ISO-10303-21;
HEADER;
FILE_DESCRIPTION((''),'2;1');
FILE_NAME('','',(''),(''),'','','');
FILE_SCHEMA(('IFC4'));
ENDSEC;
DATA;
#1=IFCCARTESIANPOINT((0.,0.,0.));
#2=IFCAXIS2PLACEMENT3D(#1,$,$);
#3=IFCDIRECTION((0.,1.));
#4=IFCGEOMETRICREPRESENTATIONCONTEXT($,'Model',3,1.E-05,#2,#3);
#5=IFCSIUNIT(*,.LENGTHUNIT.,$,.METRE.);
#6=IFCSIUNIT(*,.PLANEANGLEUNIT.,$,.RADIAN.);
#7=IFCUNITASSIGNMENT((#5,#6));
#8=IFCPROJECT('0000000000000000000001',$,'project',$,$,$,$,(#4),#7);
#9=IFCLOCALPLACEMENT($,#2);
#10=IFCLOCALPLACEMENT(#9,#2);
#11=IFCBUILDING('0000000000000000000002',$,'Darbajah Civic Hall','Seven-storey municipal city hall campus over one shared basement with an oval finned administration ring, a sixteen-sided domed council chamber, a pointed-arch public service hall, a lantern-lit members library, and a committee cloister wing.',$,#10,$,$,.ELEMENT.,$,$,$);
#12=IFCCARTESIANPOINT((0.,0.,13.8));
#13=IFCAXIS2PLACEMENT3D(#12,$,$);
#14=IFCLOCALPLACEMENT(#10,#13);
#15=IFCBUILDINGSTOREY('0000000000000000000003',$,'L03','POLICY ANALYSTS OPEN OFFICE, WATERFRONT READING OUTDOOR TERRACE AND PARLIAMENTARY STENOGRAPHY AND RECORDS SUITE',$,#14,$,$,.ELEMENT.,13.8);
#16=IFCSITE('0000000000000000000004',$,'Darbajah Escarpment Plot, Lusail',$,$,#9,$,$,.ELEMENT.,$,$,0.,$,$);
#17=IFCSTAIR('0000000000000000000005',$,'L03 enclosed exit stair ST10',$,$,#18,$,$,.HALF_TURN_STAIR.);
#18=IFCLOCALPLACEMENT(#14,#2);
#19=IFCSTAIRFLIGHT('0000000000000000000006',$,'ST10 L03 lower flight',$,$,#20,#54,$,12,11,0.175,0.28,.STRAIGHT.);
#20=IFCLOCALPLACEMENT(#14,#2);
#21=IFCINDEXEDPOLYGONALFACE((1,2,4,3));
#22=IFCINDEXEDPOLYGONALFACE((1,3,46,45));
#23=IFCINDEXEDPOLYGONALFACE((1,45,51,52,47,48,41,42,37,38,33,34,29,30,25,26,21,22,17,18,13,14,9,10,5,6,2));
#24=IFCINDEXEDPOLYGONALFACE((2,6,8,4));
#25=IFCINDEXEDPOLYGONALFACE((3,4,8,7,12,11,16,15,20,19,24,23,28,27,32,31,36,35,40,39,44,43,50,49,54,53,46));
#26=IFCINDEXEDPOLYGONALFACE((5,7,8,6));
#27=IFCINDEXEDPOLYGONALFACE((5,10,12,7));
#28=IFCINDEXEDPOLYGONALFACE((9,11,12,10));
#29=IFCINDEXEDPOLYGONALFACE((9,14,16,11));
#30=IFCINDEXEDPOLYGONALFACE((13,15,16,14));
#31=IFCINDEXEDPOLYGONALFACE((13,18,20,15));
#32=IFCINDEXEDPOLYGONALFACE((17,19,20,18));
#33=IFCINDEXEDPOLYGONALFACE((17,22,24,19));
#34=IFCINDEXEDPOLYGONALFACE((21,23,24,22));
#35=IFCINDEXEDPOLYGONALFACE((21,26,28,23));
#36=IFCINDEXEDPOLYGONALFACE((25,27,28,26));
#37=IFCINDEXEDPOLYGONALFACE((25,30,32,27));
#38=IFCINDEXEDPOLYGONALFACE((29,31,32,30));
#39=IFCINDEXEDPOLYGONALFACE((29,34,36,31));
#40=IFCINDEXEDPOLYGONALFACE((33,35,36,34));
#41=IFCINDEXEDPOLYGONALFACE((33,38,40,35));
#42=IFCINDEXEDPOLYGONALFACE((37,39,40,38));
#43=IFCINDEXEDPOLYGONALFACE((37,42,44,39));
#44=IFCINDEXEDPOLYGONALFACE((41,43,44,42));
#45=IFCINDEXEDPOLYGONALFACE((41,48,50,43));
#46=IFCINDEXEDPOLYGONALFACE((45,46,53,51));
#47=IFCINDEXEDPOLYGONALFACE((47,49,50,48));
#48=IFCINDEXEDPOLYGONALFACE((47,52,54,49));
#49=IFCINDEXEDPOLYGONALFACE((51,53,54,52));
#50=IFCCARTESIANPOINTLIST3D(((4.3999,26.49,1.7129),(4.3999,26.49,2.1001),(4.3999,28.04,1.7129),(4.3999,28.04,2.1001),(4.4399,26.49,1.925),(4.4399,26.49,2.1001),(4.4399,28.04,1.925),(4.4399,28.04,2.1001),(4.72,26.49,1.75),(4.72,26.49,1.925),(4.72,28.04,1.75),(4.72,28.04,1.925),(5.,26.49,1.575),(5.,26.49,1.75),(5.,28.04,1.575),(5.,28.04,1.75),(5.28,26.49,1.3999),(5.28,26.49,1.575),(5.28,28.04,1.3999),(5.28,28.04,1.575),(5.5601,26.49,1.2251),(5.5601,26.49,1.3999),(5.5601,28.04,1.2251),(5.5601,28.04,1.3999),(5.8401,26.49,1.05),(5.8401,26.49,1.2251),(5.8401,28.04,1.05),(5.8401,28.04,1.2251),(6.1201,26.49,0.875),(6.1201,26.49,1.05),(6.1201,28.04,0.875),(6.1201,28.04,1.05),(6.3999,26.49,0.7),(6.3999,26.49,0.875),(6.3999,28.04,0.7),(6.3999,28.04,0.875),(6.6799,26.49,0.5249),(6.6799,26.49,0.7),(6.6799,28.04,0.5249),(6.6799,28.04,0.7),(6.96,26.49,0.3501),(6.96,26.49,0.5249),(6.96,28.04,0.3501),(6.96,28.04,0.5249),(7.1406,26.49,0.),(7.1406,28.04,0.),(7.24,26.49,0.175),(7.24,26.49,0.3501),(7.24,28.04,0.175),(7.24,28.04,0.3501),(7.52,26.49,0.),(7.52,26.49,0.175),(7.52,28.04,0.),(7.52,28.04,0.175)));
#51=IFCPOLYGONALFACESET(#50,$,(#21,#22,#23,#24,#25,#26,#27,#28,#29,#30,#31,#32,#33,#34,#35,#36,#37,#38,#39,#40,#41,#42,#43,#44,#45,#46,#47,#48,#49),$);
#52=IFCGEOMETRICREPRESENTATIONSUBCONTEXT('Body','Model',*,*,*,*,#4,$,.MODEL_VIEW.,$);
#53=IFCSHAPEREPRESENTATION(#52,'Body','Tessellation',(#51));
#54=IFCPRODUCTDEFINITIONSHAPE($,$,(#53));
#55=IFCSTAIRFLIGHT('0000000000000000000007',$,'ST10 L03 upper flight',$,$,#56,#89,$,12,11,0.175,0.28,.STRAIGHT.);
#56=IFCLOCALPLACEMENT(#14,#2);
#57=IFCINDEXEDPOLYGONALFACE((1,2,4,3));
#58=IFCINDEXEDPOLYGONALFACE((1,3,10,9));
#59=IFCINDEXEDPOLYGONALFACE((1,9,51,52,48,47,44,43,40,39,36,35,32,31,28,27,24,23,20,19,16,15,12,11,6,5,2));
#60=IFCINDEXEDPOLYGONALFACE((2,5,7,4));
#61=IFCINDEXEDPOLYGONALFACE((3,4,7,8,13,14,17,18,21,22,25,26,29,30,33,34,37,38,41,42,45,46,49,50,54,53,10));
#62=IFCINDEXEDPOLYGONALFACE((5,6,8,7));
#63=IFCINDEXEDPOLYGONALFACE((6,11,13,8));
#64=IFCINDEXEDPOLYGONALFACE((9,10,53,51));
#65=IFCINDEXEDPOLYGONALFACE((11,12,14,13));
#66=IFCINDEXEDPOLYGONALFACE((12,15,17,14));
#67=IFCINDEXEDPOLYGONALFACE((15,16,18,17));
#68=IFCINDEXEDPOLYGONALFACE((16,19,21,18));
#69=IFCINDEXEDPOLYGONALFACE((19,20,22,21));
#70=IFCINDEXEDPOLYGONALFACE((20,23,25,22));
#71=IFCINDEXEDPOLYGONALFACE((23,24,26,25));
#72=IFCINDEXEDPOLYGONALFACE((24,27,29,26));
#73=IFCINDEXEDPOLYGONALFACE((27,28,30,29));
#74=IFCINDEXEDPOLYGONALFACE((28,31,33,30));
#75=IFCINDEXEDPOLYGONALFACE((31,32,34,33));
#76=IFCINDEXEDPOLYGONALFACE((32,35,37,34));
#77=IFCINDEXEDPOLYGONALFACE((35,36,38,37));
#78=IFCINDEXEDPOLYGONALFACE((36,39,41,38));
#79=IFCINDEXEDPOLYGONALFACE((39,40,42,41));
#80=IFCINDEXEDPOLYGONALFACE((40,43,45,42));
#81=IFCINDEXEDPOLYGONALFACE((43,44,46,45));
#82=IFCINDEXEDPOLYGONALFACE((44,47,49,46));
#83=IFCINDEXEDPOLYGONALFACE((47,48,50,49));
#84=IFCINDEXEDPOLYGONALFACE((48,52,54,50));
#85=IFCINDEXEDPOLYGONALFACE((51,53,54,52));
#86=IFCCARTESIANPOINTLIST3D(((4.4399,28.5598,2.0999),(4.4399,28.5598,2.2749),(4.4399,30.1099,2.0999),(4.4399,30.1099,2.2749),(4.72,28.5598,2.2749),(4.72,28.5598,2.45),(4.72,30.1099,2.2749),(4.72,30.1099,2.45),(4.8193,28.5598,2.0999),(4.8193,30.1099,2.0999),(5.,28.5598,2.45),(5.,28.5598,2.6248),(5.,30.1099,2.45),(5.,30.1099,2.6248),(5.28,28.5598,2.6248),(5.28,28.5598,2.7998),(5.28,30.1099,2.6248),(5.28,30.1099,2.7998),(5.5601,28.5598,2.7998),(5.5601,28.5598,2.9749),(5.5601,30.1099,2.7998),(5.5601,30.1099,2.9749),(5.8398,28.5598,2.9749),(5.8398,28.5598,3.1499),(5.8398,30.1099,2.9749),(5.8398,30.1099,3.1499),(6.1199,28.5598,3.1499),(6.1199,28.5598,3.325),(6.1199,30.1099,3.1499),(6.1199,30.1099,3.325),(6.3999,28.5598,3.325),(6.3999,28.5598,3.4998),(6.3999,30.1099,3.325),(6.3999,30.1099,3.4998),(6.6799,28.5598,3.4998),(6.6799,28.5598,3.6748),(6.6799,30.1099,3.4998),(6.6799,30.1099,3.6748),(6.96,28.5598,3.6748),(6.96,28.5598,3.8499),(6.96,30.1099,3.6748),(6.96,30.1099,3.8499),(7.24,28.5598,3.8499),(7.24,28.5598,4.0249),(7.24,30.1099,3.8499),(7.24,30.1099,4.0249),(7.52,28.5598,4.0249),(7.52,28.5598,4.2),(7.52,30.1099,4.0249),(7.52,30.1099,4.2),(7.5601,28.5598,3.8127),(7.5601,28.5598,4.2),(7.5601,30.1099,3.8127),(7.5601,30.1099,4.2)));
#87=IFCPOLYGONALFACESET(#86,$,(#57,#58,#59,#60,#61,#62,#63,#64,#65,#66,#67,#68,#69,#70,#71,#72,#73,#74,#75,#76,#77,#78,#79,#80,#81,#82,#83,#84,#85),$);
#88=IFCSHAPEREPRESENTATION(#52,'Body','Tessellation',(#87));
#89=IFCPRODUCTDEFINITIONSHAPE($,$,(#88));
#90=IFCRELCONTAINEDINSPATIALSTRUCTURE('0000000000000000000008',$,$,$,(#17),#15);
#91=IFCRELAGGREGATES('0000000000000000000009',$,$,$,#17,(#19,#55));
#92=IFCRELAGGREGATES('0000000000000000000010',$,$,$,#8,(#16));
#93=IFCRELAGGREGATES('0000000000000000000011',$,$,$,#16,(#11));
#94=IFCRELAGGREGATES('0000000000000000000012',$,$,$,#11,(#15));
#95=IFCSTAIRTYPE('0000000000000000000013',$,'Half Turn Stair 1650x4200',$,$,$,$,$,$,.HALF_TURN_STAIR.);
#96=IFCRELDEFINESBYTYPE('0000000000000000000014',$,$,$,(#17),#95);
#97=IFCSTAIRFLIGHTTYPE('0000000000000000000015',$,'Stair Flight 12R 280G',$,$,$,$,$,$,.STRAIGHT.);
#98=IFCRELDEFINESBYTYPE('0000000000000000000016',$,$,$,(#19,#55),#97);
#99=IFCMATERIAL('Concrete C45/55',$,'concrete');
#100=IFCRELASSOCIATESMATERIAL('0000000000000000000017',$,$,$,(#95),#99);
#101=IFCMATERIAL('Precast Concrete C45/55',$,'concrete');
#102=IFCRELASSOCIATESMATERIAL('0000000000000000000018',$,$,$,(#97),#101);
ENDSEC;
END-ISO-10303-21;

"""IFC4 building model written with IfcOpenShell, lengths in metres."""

from ifc_helpers import new_model, si_unit, direction, frame, origin, place, context, subcontext, project, spatial, polyline, outline, extrude, material, type_object, element, aggregate, save


model = new_model("IFC4")

# Units and contexts
model_context = context("Model", 3, precision=1e-05, world=origin(), true_north=direction((0.0, 1.0)))
body_context = subcontext(model_context, "Body", "Model", "MODEL_VIEW")
ifc_project = project(units=[si_unit("LENGTHUNIT", "METRE"), si_unit("PLANEANGLEUNIT", "RADIAN")], contexts=[model_context])

# Site, building, storey
site_placement = place(None, origin())
site = spatial("IfcSite", under=ifc_project, at=site_placement, Name="Darbajah Escarpment Plot, Lusail", CompositionType="ELEMENT", RefElevation=0.0)
building_placement = place(site_placement, origin())
building = spatial("IfcBuilding", under=site, at=building_placement, Name="Darbajah Civic Hall", Description="Seven-storey municipal city hall campus over one shared basement with an oval finned administration ring, a sixteen-sided domed council chamber, a pointed-arch public service hall, a lantern-lit members library, and a committee cloister wing.", CompositionType="ELEMENT")
storey_placement = place(building_placement, frame((0.0, 0.0, 13.8)))
storey = spatial("IfcBuildingStorey", under=building, at=storey_placement, Name="L03", Description="POLICY ANALYSTS OPEN OFFICE, WATERFRONT READING OUTDOOR TERRACE AND PARLIAMENTARY STENOGRAPHY AND RECORDS SUITE", CompositionType="ELEMENT", Elevation=13.8)

# Shared definitions
ifc_material_1 = material(Name="Concrete C45/55", Category="concrete")

# Stair, stair flights
stair_type = type_object("IfcStairType", Name="Half Turn Stair 1650x4200", PredefinedType="HALF_TURN_STAIR", material=ifc_material_1)
stair_placement = place(storey_placement, origin())
stair = element("IfcStair", 1, at=stair_placement, inside=storey, type_object=stair_type, Name="L03 enclosed exit stair ST10", PredefinedType="HALF_TURN_STAIR")
ifc_material_2 = material(Name="Precast Concrete C45/55", Category="concrete")
stair_flight_type = type_object("IfcStairFlightType", Name="Stair Flight 12R 280G", PredefinedType="STRAIGHT", material=ifc_material_2)
stair_flight_1_placement = place(storey_placement, frame((7.52, 27.2649, 0.0), z_axis=(0.0, 0.0, 1.0), x_axis=(-1.0, 0.0, 0.0)))
stair_flight_1 = element("IfcStairFlight", 2, at=stair_flight_1_placement, type_object=stair_flight_type, Name="ST10 L03 lower flight", NumberOfRisers=12, NumberOfTreads=11, PredefinedType="STRAIGHT", RiserHeight=0.175, TreadLength=0.28, context=body_context, shape_type="SweptSolid", body=[
    extrude(outline(polyline([(0.0, 0.0), (0.0, 0.175), (0.28, 0.175), (0.28, 0.3501), (0.5601, 0.3501), (0.5601, 0.5249), (0.8401, 0.5249), (0.8401, 0.7), (1.1201, 0.7), (1.1201, 0.875), (1.3999, 0.875), (1.3999, 1.05), (1.6799, 1.05), (1.6799, 1.2251), (1.96, 1.2251), (1.96, 1.3999), (2.24, 1.3999), (2.24, 1.575), (2.52, 1.575), (2.52, 1.75), (2.8, 1.75), (2.8, 1.925), (3.0801, 1.925), (3.0801, 2.1001), (3.1201, 2.1001), (3.1201, 1.7129), (0.3794, 0.0), (0.0, 0.0)])), frame((0.0, 0.7749, 0.0), z_axis=(0.0, -1.0, 0.0), x_axis=(1.0, 0.0, 0.0)), (0.0, 0.0, 1.0), 1.55),
])
stair_flight_2_placement = place(storey_placement, frame((4.4399, 29.335, 2.0999), z_axis=(0.0, 0.0, 1.0), x_axis=(1.0, 0.0, 0.0)))
stair_flight_2 = element("IfcStairFlight", 3, at=stair_flight_2_placement, type_object=stair_flight_type, Name="ST10 L03 upper flight", NumberOfRisers=12, NumberOfTreads=11, PredefinedType="STRAIGHT", RiserHeight=0.175, TreadLength=0.28, context=body_context, shape_type="SweptSolid", body=[
    extrude(outline(polyline([(0.0, 0.0), (0.0, 0.175), (0.28, 0.175), (0.28, 0.3501), (0.5601, 0.3501), (0.5601, 0.5249), (0.8401, 0.5249), (0.8401, 0.7), (1.1201, 0.7), (1.1201, 0.875), (1.3999, 0.875), (1.3999, 1.05), (1.6799, 1.05), (1.6799, 1.2251), (1.96, 1.2251), (1.96, 1.3999), (2.24, 1.3999), (2.24, 1.575), (2.52, 1.575), (2.52, 1.75), (2.8, 1.75), (2.8, 1.925), (3.0801, 1.925), (3.0801, 2.1001), (3.1201, 2.1001), (3.1201, 1.7129), (0.3794, 0.0), (0.0, 0.0)])), frame((0.0, 0.7749, 0.0), z_axis=(0.0, -1.0, 0.0), x_axis=(1.0, 0.0, 0.0)), (0.0, 0.0, 1.0), 1.55),
])
aggregate(stair, [stair_flight_1, stair_flight_2])

save(model, "model.ifc")
